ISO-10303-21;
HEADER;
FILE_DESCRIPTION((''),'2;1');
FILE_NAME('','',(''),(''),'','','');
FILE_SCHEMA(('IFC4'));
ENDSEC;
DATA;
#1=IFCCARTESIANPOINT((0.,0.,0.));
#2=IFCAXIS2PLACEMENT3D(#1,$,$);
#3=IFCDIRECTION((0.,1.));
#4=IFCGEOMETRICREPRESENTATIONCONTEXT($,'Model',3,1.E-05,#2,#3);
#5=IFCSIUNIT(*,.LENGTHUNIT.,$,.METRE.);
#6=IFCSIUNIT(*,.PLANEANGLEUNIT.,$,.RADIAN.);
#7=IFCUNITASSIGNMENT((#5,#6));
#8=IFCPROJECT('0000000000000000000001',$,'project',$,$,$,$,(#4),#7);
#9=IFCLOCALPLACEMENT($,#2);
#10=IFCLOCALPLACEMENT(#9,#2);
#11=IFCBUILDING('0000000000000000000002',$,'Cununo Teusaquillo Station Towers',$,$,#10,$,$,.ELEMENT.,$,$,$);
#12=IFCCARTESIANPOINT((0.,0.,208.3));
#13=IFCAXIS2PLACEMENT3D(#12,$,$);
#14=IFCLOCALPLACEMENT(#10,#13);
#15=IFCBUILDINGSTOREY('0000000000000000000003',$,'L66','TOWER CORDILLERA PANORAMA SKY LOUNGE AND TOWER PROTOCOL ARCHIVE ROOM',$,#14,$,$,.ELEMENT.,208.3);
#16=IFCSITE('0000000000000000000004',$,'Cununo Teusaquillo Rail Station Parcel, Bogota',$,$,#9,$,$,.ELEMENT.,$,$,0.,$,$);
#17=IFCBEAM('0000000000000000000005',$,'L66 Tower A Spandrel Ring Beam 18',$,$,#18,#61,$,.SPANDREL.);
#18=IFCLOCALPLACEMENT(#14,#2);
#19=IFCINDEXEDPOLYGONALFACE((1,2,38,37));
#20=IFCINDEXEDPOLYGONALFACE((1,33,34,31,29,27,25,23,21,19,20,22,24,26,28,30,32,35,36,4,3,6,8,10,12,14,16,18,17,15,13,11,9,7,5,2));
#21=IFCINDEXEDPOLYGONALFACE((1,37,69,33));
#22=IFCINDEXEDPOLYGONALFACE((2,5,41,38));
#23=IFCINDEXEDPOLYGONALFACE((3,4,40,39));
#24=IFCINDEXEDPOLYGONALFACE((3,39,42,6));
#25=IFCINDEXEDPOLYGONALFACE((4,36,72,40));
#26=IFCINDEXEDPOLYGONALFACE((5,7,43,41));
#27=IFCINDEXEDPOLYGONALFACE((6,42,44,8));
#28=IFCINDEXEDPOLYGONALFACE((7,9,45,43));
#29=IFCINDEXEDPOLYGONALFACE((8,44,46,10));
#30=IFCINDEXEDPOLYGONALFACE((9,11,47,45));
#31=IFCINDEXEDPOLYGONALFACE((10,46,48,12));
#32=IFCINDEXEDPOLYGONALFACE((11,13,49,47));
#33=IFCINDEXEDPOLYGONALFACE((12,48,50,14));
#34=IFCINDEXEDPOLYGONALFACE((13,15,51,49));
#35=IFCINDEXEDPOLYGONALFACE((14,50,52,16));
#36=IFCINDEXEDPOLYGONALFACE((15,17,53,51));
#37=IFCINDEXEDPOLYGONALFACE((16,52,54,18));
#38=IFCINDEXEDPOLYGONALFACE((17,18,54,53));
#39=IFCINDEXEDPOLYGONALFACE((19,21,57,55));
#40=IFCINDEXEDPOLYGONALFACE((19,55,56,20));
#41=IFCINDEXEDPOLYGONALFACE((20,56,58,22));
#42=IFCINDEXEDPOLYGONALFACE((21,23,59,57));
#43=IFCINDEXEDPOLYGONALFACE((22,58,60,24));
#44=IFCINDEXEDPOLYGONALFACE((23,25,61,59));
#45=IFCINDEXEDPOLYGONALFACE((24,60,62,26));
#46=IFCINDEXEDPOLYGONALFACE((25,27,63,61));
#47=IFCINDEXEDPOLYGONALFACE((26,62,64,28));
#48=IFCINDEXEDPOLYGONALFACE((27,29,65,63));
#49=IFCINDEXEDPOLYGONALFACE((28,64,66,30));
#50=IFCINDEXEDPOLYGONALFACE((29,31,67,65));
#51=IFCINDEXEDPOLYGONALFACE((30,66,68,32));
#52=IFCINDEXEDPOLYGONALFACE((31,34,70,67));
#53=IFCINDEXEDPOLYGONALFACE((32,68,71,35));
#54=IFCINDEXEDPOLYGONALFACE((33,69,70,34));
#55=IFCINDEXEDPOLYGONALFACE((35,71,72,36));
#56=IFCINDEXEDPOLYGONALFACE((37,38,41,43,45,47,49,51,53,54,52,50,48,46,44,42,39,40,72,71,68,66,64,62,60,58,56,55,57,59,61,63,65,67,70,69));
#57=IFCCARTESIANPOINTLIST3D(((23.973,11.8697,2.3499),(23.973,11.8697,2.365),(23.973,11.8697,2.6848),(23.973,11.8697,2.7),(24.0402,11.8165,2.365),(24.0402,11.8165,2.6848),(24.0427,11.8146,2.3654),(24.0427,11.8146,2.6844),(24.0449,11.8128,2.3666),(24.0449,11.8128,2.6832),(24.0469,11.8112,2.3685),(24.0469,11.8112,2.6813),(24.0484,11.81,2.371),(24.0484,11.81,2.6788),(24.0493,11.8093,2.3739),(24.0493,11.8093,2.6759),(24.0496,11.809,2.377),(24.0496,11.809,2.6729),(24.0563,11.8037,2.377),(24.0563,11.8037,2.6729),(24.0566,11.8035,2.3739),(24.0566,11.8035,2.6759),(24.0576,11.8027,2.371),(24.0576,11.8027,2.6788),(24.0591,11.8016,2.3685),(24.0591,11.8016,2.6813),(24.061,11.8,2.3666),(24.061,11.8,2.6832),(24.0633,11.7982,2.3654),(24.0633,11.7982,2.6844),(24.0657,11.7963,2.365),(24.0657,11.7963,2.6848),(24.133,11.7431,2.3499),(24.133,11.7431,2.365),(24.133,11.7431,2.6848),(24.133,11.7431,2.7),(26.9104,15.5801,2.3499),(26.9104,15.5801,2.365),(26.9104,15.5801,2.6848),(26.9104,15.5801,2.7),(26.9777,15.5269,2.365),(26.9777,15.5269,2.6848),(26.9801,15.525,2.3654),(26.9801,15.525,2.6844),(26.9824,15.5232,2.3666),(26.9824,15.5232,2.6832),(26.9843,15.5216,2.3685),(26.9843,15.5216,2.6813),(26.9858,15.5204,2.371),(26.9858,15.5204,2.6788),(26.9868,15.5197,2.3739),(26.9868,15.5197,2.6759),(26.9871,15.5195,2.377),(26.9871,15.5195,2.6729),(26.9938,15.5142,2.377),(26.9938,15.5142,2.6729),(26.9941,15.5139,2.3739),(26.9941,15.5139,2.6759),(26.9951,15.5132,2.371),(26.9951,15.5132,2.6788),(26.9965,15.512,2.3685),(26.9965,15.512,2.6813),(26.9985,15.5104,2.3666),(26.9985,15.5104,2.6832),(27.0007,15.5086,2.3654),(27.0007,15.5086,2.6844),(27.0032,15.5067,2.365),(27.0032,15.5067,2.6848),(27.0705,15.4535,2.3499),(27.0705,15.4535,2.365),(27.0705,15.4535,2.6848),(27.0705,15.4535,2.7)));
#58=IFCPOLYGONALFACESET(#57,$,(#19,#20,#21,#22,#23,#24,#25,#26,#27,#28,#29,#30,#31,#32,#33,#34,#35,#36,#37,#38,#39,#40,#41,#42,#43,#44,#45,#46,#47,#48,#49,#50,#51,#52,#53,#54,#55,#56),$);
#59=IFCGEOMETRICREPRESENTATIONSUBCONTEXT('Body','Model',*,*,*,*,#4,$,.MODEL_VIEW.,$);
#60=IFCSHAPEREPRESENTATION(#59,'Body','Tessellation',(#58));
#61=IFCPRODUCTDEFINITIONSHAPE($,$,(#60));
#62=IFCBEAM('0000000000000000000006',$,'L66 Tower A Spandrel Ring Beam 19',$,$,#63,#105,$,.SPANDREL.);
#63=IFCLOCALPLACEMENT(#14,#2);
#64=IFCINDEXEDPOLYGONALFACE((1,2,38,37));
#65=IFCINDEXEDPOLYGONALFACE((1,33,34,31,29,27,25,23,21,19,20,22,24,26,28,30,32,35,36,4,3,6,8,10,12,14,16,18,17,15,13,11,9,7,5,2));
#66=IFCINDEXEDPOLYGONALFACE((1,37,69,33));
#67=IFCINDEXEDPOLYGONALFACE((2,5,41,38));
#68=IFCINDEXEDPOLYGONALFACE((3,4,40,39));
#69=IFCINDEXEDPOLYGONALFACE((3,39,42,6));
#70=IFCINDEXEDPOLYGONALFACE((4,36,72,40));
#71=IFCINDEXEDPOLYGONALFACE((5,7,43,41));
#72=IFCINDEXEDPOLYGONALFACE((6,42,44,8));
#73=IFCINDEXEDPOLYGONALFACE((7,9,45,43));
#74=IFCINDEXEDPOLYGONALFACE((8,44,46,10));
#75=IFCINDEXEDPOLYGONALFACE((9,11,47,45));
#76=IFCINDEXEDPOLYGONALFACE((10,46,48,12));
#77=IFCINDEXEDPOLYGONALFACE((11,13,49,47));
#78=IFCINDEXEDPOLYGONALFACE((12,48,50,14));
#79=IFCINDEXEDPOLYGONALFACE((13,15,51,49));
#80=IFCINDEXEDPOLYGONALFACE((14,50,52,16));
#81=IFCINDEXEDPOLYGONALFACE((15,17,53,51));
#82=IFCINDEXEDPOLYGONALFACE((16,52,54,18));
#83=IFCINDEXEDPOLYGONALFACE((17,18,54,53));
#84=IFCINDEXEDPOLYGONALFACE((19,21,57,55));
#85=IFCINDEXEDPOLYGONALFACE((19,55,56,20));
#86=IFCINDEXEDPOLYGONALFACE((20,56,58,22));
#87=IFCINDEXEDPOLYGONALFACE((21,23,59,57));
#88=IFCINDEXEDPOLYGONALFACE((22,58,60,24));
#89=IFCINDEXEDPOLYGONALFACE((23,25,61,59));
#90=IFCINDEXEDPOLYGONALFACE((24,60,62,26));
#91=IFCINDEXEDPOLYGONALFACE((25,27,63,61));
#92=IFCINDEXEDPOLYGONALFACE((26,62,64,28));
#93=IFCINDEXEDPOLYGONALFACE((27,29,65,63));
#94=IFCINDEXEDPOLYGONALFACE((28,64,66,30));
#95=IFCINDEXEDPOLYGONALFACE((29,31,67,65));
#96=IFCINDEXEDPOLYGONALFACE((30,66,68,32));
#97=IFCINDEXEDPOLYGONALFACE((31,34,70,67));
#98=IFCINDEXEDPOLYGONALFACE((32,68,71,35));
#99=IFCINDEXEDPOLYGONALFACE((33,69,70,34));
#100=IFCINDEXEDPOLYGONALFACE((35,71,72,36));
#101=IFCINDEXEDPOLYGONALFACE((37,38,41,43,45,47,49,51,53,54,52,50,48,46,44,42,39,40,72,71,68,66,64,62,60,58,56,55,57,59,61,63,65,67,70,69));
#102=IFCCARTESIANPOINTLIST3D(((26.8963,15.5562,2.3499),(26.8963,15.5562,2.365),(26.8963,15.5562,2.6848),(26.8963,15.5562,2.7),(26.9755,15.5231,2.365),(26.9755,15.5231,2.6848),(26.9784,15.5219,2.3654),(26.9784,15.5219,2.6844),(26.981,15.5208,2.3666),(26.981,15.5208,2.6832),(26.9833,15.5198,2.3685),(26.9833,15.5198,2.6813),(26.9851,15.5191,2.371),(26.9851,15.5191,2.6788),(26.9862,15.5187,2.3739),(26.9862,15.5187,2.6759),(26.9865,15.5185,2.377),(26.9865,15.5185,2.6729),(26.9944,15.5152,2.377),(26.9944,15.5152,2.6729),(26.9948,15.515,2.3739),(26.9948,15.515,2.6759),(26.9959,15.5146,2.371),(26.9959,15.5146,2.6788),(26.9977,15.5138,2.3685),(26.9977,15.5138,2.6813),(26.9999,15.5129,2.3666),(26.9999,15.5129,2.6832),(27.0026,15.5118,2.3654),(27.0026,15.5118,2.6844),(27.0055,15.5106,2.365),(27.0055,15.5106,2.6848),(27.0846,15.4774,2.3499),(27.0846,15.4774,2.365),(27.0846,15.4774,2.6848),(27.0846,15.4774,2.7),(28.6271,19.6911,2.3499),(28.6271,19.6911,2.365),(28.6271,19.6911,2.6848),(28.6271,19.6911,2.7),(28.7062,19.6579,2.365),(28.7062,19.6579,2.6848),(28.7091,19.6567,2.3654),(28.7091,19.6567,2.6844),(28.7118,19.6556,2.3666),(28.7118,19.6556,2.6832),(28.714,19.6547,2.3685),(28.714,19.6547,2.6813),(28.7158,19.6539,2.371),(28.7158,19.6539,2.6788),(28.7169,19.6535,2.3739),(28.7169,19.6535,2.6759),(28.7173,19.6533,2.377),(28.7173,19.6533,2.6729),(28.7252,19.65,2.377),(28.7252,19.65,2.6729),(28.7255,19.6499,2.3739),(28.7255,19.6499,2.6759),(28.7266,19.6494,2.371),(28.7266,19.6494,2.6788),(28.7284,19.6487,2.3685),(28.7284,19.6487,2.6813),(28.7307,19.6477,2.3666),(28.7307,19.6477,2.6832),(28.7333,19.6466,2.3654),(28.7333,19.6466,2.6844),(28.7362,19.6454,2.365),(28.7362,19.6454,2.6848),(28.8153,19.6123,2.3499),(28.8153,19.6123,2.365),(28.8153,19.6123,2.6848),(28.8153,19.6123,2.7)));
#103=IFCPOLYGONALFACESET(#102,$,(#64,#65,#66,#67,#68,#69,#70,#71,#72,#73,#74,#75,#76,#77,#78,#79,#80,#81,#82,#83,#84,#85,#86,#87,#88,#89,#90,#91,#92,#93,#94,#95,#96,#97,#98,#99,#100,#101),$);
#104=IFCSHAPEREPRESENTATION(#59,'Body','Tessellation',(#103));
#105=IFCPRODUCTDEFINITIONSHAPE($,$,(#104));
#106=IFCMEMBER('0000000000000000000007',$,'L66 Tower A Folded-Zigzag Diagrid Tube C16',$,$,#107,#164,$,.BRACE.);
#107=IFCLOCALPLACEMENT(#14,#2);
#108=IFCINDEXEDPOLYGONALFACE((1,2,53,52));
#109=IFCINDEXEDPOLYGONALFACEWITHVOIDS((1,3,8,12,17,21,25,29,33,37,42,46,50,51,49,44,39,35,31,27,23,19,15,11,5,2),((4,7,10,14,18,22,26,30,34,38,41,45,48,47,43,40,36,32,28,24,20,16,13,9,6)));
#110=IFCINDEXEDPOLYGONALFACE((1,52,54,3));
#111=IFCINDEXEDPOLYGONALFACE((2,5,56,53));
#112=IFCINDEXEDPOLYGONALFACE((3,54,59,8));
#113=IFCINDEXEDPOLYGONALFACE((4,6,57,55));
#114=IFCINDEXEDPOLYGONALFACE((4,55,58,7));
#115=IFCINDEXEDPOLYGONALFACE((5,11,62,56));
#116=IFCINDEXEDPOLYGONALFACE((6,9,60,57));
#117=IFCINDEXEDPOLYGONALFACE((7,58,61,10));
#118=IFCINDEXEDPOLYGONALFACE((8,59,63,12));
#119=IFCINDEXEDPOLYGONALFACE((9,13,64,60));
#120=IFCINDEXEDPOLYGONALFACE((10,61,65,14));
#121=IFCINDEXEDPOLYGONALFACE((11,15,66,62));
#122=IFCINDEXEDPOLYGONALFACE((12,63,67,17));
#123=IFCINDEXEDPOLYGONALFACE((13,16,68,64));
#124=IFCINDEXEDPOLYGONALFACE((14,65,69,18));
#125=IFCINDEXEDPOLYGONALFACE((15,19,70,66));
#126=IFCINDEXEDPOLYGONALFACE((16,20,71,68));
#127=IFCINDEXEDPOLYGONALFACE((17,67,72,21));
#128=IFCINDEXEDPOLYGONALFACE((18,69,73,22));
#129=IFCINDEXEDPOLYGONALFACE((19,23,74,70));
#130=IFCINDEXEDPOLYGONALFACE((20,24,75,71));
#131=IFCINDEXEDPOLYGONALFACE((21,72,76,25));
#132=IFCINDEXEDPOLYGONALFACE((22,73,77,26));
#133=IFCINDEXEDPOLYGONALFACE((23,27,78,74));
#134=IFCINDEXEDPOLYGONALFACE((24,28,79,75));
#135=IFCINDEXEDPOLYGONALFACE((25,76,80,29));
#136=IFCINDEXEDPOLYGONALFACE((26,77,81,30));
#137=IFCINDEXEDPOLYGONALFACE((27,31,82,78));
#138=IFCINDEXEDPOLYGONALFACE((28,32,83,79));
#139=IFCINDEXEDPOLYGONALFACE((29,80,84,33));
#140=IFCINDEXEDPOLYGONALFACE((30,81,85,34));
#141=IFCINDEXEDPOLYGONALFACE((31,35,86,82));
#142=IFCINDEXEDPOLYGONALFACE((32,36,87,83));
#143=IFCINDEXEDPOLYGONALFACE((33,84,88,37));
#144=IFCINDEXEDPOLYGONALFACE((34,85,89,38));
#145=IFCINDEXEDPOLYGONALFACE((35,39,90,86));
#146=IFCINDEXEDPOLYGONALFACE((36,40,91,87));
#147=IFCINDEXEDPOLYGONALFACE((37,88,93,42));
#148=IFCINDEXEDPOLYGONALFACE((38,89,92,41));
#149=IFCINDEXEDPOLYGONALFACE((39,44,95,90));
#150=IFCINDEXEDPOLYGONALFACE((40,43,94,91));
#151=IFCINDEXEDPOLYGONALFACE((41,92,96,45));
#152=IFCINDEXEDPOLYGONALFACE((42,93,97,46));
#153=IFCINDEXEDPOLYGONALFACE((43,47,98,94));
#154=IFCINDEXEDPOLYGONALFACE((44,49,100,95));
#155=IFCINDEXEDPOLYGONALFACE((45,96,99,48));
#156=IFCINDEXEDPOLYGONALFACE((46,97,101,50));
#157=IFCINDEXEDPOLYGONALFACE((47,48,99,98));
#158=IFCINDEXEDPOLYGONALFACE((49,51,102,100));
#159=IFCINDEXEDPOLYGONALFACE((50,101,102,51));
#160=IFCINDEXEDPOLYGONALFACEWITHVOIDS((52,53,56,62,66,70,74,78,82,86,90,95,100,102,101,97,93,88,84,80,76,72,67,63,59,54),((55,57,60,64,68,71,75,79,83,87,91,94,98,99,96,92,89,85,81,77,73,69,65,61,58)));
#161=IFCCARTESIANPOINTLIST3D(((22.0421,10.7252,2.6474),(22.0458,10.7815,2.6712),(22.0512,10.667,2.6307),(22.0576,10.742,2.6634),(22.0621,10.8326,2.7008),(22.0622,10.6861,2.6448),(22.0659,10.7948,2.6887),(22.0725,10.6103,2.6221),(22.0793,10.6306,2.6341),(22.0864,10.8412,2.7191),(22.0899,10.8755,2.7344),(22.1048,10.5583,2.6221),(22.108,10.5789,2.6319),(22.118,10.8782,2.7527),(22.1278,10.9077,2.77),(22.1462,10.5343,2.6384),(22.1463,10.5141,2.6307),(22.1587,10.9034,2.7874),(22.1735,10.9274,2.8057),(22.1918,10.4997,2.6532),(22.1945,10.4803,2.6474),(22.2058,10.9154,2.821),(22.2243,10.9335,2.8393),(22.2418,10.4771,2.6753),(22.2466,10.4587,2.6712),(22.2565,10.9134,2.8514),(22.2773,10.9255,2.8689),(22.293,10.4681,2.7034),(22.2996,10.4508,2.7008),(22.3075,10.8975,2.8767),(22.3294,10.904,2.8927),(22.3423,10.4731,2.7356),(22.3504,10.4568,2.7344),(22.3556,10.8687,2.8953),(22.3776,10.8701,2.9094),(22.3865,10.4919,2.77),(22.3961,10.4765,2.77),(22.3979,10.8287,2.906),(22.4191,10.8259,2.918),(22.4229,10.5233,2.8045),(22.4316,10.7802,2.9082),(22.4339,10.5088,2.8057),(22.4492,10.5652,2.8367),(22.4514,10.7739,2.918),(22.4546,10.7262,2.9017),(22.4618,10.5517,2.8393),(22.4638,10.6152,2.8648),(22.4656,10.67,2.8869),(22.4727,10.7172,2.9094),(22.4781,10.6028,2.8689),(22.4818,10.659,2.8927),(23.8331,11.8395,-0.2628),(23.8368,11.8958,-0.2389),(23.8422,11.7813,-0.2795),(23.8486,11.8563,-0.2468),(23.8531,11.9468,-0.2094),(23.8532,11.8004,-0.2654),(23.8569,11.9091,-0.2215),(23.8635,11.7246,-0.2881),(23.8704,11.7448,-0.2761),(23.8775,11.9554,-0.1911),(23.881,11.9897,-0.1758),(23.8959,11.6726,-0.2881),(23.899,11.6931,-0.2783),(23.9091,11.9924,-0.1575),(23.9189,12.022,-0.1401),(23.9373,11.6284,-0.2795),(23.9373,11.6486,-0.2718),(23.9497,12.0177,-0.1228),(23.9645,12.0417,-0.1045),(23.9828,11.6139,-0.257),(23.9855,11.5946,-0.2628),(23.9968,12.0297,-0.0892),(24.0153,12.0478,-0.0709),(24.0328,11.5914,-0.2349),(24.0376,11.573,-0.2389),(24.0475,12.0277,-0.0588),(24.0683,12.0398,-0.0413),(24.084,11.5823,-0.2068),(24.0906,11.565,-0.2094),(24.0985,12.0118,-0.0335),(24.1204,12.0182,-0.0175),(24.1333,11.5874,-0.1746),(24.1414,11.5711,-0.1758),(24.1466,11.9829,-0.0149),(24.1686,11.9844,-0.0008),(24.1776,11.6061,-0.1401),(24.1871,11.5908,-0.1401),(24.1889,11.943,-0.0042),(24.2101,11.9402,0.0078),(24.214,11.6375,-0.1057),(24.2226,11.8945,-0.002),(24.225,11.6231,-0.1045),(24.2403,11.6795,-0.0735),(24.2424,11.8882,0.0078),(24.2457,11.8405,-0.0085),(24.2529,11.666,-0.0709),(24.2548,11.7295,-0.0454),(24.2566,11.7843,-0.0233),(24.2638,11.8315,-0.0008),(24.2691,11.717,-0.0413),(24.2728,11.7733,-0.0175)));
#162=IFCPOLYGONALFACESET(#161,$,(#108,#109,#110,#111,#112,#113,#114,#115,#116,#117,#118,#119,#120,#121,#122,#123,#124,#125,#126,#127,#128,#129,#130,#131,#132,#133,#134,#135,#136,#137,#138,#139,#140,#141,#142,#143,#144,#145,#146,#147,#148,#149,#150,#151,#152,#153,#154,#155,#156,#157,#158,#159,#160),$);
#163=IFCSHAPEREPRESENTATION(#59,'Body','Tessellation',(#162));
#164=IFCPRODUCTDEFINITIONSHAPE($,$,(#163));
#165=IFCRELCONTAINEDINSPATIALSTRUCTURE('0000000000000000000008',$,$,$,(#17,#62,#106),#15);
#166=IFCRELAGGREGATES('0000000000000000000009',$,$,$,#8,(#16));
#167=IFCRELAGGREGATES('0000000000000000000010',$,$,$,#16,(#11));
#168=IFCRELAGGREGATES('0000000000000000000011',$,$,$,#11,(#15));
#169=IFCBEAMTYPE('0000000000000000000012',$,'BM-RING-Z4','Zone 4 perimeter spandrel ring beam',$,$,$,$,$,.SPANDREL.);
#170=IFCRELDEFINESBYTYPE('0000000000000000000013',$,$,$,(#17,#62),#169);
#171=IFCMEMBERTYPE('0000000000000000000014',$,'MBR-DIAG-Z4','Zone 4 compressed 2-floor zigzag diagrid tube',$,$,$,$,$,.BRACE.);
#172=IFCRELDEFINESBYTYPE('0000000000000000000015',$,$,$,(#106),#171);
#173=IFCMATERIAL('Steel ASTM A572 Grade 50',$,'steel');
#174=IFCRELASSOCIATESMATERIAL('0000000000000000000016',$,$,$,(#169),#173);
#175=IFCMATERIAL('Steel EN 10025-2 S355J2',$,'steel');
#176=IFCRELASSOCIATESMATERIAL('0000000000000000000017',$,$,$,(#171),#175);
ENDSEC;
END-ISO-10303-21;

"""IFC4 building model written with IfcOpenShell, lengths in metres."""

from ifc_helpers import new_model, si_unit, direction, frame, origin, origin_2d, place, context, subcontext, project, spatial, hollow_circle, i_section, extrude, material, material_profile, profile_set, type_object, element, save


model = new_model("IFC4")

# Units and contexts
model_context = context("Model", 3, precision=1e-05, world=origin(), true_north=direction((0.0, 1.0)))
body_context = subcontext(model_context, "Body", "Model", "MODEL_VIEW")
ifc_project = project(units=[si_unit("LENGTHUNIT", "METRE"), si_unit("PLANEANGLEUNIT", "RADIAN")], contexts=[model_context])

# Site, building, storey
site_placement = place(None, origin())
site = spatial("IfcSite", under=ifc_project, at=site_placement, Name="Cununo Teusaquillo Rail Station Parcel, Bogota", CompositionType="ELEMENT", RefElevation=0.0)
building_placement = place(site_placement, origin())
building = spatial("IfcBuilding", under=site, at=building_placement, Name="Cununo Teusaquillo Station Towers", CompositionType="ELEMENT")
storey_placement = place(building_placement, frame((0.0, 0.0, 208.3)))
storey = spatial("IfcBuildingStorey", under=building, at=storey_placement, Name="L66", Description="TOWER CORDILLERA PANORAMA SKY LOUNGE AND TOWER PROTOCOL ARCHIVE ROOM", CompositionType="ELEMENT", Elevation=208.3)

# Beams
ifc_material_1 = material(Name="Steel ASTM A572 Grade 50", Category="steel")
ifc_material_profile_1 = material_profile(ifc_material_1, i_section(OverallWidth=0.2041, OverallDepth=0.3501, WebThickness=0.0085, FlangeThickness=0.0151, FilletRadius=0.012, at=origin_2d()), Name="W14X48")
ifc_profile_set_1 = profile_set([ifc_material_profile_1], Name="Steel ASTM A572 Grade 50")
beam_type_1 = type_object("IfcBeamType", Name="BM-RING-Z4", Description="Zone 4 perimeter spandrel ring beam", PredefinedType="SPANDREL", material=ifc_profile_set_1)
beam_1_placement = place(storey_placement, frame((24.053, 11.8064, 2.5249), z_axis=(0.620711, 0.78404, 0.0), x_axis=(-0.78404, 0.620711, 0.0)))
element("IfcBeam", 1, at=beam_1_placement, inside=storey, type_object=beam_type_1, Name="L66 Tower A Spandrel Ring Beam 18", PredefinedType="SPANDREL", context=body_context, shape_type="SweptSolid", body=[
    extrude(i_section(OverallWidth=0.2041, OverallDepth=0.3501, WebThickness=0.0085, FlangeThickness=0.0151, FilletRadius=0.012, at=origin_2d()), origin(), (0.0, 0.0, 1.0), 4.7324),
])
beam_2_placement = place(storey_placement, frame((26.9905, 15.5168, 2.5249), z_axis=(0.386115, 0.92245, 0.0), x_axis=(-0.92245, 0.386115, 0.0)))
element("IfcBeam", 2, at=beam_2_placement, inside=storey, type_object=beam_type_1, Name="L66 Tower A Spandrel Ring Beam 19", PredefinedType="SPANDREL", context=body_context, shape_type="SweptSolid", body=[
    extrude(i_section(OverallWidth=0.2041, OverallDepth=0.3501, WebThickness=0.0085, FlangeThickness=0.0151, FilletRadius=0.012, at=origin_2d()), origin(), (0.0, 0.0, 1.0), 4.4824),
])

# Member
ifc_material_2 = material(Name="Steel EN 10025-2 S355J2", Category="steel")
ifc_material_profile_2 = material_profile(ifc_material_2, hollow_circle(Radius=0.2539, WallThickness=0.0181, at=origin_2d()), Name="CHS 508x18")
ifc_profile_set_2 = profile_set([ifc_material_profile_2], Name="Steel EN 10025-2 S355J2")
member_type = type_object("IfcMemberType", Name="MBR-DIAG-Z4", Description="Zone 4 compressed 2-floor zigzag diagrid tube", PredefinedType="BRACE", material=ifc_profile_set_2)
member_1_placement = place(storey_placement, frame((24.053, 11.8064, -0.1401), z_axis=(-0.498306, -0.310015, 0.80968), x_axis=(0.52825, -0.849089, 0.0)))
element("IfcMember", 3, at=member_1_placement, inside=storey, type_object=member_type, Name="L66 Tower A Folded-Zigzag Diagrid Tube C16", PredefinedType="BRACE", context=body_context, shape_type="SweptSolid", body=[
    extrude(hollow_circle(Radius=0.2539, WallThickness=0.0181, at=origin_2d()), origin(), (0.0, 0.0, 1.0), 3.5942),
])

save(model, "model.ifc")
